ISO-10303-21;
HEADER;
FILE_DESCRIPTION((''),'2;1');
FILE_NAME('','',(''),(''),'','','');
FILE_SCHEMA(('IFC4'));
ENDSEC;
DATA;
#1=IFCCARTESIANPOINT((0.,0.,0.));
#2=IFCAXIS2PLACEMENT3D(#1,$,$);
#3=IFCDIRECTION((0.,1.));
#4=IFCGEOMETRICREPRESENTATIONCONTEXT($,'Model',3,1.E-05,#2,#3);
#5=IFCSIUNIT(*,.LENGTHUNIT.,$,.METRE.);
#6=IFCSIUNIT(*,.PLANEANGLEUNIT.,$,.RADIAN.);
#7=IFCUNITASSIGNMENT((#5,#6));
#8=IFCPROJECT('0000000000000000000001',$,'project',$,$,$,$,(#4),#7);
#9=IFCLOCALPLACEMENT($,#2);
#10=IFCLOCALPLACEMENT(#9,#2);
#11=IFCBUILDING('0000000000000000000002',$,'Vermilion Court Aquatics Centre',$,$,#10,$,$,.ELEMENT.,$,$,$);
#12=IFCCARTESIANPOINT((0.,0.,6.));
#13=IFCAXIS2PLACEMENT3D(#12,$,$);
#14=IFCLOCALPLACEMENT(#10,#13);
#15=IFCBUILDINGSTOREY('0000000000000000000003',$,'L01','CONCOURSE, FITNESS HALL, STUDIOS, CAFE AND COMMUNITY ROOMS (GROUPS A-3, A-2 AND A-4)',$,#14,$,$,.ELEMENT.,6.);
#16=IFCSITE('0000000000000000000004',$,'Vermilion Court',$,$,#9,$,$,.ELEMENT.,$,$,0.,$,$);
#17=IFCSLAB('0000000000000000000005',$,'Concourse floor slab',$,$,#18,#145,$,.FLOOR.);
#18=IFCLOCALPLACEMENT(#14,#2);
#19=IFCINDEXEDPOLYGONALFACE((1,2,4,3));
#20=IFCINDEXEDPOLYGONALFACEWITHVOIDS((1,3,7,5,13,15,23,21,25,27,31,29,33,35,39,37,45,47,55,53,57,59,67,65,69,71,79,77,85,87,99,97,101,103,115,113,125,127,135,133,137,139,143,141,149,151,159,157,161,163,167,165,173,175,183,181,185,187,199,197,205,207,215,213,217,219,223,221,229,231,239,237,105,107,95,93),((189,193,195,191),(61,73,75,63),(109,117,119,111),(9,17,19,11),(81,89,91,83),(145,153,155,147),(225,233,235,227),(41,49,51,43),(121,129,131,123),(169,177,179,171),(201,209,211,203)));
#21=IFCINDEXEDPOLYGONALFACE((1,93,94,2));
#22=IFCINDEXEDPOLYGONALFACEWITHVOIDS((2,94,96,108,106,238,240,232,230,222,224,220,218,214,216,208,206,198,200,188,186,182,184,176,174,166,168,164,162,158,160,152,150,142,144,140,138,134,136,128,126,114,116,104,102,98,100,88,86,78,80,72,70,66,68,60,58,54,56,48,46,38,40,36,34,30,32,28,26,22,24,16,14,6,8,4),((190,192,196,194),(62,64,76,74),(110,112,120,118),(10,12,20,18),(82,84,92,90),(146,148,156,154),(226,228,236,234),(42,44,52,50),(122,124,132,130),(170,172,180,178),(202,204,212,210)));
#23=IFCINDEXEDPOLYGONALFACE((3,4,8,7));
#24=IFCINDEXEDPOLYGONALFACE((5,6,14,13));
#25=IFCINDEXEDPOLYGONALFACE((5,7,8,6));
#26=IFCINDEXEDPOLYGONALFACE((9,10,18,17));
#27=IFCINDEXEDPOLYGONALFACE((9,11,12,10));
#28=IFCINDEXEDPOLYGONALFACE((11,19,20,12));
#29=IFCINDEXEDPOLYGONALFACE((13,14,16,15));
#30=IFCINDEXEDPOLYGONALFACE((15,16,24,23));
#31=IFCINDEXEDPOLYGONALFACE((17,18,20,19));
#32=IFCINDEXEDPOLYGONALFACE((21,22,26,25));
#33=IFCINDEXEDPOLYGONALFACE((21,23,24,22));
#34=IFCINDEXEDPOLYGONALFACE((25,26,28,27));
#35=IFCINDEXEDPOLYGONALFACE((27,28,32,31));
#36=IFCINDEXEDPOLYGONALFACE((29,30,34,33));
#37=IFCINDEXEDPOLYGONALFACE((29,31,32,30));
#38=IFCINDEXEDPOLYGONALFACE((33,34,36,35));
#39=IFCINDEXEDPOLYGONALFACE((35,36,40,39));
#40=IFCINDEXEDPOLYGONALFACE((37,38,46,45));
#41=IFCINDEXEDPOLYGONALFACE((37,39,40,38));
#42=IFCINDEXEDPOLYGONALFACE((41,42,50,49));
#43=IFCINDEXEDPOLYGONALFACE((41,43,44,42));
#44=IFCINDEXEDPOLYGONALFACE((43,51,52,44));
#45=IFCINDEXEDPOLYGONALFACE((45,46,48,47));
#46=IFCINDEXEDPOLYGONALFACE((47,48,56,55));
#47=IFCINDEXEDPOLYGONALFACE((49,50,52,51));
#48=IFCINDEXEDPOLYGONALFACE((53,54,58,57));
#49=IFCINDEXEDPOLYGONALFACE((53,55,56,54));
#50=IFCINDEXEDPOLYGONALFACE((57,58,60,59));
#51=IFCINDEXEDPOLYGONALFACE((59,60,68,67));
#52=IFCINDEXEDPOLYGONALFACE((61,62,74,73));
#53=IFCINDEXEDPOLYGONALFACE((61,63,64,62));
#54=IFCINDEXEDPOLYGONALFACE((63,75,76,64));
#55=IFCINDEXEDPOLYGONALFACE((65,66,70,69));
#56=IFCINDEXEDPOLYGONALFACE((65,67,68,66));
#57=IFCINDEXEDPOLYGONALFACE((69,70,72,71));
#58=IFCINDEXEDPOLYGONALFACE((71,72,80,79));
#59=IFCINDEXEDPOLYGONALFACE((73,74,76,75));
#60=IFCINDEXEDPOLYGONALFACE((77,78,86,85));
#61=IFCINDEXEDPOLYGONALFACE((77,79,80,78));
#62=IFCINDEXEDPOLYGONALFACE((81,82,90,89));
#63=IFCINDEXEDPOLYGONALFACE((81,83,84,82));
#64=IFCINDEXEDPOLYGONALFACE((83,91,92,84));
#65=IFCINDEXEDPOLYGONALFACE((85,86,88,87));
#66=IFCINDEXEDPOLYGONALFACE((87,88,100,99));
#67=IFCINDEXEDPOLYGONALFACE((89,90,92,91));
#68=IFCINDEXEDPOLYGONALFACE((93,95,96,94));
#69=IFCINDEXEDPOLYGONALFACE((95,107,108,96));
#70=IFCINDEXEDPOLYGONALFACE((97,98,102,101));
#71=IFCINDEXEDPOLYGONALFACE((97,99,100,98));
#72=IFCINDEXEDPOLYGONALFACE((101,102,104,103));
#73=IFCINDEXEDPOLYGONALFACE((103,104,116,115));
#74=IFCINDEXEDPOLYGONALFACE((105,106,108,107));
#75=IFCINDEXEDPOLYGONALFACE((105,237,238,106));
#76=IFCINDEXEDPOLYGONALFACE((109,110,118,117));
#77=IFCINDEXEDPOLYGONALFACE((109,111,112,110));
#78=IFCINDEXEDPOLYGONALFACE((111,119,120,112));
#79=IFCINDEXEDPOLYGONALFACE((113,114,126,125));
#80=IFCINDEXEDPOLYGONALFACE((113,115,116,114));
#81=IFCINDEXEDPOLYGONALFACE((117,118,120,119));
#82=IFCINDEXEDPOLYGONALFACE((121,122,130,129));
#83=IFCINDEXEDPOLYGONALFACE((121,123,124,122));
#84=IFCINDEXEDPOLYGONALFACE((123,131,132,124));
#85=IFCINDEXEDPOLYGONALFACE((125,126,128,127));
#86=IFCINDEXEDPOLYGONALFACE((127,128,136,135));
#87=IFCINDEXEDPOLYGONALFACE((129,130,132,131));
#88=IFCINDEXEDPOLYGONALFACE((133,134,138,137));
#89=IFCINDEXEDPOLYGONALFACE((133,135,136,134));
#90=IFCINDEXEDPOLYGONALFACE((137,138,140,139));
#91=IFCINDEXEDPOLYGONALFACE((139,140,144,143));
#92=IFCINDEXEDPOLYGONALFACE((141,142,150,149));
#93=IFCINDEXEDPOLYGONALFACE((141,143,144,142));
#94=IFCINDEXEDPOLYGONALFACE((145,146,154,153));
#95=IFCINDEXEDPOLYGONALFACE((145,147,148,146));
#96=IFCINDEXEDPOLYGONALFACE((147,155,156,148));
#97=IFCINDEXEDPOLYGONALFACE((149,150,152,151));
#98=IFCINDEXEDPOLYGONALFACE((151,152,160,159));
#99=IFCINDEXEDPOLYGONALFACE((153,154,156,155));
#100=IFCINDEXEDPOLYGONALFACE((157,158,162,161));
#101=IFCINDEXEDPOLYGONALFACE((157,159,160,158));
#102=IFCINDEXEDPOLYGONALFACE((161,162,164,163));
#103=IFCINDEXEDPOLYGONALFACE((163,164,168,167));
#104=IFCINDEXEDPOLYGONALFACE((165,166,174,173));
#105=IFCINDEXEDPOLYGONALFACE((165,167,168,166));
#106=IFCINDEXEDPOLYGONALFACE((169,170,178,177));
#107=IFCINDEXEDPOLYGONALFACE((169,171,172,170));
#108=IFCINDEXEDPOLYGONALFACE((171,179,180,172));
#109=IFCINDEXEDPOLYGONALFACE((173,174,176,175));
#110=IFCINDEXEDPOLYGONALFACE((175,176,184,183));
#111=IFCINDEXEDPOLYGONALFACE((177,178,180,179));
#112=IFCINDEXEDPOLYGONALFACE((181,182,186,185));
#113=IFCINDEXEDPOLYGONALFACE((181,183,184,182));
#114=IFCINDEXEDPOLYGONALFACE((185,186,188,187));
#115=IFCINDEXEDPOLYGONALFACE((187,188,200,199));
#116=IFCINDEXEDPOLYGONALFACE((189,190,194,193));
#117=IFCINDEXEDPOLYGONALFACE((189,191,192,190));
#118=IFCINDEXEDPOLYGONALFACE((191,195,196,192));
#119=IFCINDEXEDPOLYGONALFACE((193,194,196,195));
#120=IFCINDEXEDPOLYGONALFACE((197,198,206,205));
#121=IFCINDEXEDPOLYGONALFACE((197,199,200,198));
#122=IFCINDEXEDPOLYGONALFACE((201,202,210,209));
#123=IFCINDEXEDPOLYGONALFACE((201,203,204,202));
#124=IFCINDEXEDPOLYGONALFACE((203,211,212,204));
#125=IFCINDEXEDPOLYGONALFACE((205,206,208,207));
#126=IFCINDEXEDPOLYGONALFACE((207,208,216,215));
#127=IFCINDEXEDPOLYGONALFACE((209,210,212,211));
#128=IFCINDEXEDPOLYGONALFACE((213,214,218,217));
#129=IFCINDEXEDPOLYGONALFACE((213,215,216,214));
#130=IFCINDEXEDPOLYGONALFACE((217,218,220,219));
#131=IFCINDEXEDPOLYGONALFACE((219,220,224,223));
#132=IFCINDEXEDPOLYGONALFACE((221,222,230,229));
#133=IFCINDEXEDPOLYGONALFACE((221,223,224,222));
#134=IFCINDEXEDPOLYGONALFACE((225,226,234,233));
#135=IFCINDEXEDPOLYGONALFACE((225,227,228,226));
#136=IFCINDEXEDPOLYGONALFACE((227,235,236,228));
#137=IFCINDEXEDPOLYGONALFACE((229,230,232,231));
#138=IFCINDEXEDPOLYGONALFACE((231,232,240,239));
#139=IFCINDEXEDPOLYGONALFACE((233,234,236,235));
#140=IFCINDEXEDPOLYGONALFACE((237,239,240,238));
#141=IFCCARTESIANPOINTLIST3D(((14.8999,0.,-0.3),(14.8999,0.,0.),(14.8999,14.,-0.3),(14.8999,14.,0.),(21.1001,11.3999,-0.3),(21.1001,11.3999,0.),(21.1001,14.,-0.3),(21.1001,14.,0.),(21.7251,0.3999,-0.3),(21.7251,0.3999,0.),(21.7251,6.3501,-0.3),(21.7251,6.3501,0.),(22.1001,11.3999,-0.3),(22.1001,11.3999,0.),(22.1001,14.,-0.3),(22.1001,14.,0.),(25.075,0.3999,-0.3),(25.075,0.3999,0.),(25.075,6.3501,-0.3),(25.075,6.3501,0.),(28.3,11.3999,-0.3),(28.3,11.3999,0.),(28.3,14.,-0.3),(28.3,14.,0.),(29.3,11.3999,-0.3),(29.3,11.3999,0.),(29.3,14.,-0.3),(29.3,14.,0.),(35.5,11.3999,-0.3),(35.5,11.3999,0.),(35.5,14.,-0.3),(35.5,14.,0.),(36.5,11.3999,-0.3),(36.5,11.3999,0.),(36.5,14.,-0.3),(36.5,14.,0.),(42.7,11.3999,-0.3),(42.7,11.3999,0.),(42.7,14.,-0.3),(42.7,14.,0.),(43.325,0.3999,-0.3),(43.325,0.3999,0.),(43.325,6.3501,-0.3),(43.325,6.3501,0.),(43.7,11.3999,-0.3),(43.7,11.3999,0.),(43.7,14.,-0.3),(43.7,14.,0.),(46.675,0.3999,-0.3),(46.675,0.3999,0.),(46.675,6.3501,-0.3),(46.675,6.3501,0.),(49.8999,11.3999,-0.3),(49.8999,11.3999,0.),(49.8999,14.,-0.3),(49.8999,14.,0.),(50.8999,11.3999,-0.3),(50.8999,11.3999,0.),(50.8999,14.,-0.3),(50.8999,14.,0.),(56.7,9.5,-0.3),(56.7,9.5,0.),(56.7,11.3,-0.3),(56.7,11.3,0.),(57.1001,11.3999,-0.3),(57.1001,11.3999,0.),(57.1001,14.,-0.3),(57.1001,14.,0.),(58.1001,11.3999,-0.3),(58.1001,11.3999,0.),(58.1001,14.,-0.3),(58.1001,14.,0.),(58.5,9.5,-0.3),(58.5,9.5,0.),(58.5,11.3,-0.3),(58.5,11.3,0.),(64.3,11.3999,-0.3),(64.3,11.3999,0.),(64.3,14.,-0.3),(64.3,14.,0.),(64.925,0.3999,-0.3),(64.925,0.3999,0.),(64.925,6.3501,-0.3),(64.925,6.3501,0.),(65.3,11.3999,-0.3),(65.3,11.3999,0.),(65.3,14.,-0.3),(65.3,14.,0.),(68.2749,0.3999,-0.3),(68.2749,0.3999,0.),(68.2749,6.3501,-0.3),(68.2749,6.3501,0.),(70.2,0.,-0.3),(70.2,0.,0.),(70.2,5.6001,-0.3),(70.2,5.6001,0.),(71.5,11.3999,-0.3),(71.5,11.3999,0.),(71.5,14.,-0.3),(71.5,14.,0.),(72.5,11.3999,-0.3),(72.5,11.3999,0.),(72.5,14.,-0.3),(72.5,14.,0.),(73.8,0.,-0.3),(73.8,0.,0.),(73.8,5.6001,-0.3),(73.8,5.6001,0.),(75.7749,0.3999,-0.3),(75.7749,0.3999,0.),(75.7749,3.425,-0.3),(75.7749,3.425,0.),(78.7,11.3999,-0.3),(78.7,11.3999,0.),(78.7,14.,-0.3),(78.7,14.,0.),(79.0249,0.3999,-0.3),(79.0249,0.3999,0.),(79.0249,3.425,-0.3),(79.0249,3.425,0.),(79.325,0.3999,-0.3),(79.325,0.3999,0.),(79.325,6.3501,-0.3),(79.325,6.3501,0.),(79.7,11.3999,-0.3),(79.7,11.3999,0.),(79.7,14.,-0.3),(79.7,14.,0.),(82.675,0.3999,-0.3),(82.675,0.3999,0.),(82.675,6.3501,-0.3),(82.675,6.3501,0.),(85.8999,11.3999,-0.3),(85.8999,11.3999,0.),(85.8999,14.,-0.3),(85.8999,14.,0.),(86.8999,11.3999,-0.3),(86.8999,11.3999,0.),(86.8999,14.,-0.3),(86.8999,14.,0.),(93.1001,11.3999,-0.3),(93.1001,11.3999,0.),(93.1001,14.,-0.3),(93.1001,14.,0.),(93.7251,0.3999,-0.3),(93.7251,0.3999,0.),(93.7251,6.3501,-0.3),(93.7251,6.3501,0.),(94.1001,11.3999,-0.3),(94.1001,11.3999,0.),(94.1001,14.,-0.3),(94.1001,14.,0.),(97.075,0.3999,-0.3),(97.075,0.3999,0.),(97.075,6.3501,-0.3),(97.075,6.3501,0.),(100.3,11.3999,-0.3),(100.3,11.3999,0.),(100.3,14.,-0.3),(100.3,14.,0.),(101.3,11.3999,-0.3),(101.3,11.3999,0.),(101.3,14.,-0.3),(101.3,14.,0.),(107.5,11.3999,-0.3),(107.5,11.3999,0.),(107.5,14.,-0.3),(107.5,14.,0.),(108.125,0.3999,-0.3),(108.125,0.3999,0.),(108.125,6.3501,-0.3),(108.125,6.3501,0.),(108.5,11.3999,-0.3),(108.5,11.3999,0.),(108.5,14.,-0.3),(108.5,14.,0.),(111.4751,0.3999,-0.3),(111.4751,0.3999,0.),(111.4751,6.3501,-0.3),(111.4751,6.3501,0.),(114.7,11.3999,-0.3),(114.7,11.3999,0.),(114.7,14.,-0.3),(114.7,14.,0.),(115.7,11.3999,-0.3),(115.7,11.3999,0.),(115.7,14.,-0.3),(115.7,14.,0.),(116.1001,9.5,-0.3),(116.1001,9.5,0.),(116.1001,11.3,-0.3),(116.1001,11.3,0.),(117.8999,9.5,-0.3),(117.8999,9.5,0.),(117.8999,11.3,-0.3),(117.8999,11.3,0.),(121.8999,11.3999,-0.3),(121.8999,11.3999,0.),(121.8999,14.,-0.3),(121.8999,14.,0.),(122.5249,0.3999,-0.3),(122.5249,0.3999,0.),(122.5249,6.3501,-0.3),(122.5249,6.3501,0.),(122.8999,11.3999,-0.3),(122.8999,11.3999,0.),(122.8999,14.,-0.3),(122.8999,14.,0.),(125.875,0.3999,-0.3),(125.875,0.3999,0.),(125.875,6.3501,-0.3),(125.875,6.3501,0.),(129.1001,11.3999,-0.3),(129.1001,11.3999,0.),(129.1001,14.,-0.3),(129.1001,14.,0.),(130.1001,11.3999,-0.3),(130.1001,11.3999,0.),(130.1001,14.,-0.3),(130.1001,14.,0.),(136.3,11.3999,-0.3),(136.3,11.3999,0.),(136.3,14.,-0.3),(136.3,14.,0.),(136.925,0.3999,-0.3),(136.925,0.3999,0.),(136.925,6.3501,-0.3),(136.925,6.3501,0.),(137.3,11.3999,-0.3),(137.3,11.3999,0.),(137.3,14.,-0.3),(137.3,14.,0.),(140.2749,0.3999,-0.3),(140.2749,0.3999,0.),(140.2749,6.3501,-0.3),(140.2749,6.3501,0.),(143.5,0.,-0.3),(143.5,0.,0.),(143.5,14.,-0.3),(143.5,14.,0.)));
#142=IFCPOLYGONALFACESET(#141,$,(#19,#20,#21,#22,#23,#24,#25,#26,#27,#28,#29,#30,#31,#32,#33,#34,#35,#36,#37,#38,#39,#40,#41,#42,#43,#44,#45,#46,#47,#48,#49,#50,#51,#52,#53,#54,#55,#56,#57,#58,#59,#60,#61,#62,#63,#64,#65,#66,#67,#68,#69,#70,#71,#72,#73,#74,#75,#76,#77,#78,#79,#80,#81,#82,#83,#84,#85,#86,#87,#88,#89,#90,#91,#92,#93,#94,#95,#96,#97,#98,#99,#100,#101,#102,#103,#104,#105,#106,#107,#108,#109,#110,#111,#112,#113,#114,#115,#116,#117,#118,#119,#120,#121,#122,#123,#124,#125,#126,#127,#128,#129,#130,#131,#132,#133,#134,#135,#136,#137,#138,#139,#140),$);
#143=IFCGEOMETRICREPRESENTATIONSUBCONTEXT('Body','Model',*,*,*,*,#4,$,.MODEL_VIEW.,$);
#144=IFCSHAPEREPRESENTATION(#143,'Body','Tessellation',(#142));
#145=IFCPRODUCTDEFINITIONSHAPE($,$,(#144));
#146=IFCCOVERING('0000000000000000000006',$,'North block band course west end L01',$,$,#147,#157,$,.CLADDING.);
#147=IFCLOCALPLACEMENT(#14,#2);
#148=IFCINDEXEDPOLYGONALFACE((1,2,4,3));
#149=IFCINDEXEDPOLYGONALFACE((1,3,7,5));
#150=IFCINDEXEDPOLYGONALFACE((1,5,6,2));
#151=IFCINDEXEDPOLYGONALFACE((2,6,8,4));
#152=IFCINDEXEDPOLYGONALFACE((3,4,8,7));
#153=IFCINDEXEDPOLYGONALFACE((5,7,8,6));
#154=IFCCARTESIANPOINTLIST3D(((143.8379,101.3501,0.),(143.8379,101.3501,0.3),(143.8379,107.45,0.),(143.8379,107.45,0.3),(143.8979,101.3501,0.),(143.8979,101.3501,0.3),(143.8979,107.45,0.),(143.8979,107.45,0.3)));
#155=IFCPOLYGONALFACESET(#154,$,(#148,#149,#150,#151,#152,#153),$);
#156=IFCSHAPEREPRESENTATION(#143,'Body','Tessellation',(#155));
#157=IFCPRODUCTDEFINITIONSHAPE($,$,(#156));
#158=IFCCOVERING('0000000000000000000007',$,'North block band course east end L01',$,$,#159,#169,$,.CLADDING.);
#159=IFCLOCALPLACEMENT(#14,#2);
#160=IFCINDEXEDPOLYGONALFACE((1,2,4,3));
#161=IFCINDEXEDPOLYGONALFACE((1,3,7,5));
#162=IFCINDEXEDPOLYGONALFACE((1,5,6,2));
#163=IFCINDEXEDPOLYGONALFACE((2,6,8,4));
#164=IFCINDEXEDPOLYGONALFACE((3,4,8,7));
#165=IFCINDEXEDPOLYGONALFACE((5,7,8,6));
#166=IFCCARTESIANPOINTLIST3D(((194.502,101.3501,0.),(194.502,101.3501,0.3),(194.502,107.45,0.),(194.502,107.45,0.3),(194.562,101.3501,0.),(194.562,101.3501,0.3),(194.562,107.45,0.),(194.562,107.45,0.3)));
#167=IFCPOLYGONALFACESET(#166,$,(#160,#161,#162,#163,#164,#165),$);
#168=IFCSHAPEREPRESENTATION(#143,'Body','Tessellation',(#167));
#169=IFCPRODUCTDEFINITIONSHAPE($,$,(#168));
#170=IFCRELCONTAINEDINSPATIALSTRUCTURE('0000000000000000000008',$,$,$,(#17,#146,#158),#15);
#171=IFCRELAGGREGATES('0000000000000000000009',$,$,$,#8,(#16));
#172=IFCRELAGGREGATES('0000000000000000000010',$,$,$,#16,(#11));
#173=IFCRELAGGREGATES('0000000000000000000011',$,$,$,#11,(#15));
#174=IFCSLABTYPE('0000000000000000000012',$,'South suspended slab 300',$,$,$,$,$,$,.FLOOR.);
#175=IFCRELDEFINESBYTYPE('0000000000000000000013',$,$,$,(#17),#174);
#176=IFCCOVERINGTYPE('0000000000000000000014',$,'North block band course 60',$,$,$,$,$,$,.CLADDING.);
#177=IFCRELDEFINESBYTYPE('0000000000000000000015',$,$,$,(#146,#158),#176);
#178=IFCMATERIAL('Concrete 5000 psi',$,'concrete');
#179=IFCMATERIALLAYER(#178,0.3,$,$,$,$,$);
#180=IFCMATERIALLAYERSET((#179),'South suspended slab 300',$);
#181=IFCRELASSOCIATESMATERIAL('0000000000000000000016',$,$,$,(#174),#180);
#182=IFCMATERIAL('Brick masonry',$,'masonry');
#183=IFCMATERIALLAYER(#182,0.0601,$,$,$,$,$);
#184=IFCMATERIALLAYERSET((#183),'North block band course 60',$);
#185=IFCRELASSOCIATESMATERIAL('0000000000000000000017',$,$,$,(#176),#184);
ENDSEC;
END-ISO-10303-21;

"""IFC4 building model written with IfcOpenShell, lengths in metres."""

from ifc_helpers import new_model, si_unit, direction, frame, origin, place, context, subcontext, project, spatial, polyline, outline, extrude, material, layer, layer_set, type_object, element, save


model = new_model("IFC4")

# Units and contexts
model_context = context("Model", 3, precision=1e-05, world=origin(), true_north=direction((0.0, 1.0)))
body_context = subcontext(model_context, "Body", "Model", "MODEL_VIEW")
ifc_project = project(units=[si_unit("LENGTHUNIT", "METRE"), si_unit("PLANEANGLEUNIT", "RADIAN")], contexts=[model_context])

# Site, building, storey
site_placement = place(None, origin())
site = spatial("IfcSite", under=ifc_project, at=site_placement, Name="Vermilion Court", CompositionType="ELEMENT", RefElevation=0.0)
building_placement = place(site_placement, origin())
building = spatial("IfcBuilding", under=site, at=building_placement, Name="Vermilion Court Aquatics Centre", CompositionType="ELEMENT")
storey_placement = place(building_placement, frame((0.0, 0.0, 6.0)))
storey = spatial("IfcBuildingStorey", under=building, at=storey_placement, Name="L01", Description="CONCOURSE, FITNESS HALL, STUDIOS, CAFE AND COMMUNITY ROOMS (GROUPS A-3, A-2 AND A-4)", CompositionType="ELEMENT", Elevation=6.0)

# Slab
ifc_material_1 = material(Name="Concrete 5000 psi", Category="concrete")
ifc_layer_1 = layer(ifc_material_1, 0.3)
ifc_layer_set_1 = layer_set([ifc_layer_1], Name="South suspended slab 300")
slab_type_1 = type_object("IfcSlabType", Name="South suspended slab 300", PredefinedType="FLOOR", material=ifc_layer_set_1)
slab_1_placement = place(storey_placement, frame((0.0, 0.0, -0.3)))
element("IfcSlab", 1, at=slab_1_placement, inside=storey, type_object=slab_type_1, Name="Concourse floor slab", PredefinedType="FLOOR", context=body_context, shape_type="SweptSolid", body=[
    extrude(outline(polyline([(14.8999, 0.0), (14.8999, 14.0), (21.1001, 14.0), (21.1001, 11.3999), (22.1001, 11.3999), (22.1001, 14.0), (28.3, 14.0), (28.3, 11.3999), (29.3, 11.3999), (29.3, 14.0), (35.5, 14.0), (35.5, 11.3999), (36.5, 11.3999), (36.5, 14.0), (42.7, 14.0), (42.7, 11.3999), (43.7, 11.3999), (43.7, 14.0), (49.8999, 14.0), (49.8999, 11.3999), (50.8999, 11.3999), (50.8999, 14.0), (57.1001, 14.0), (57.1001, 11.3999), (58.1001, 11.3999), (58.1001, 14.0), (64.3, 14.0), (64.3, 11.3999), (65.3, 11.3999), (65.3, 14.0), (71.5, 14.0), (71.5, 11.3999), (72.5, 11.3999), (72.5, 14.0), (78.7, 14.0), (78.7, 11.3999), (79.7, 11.3999), (79.7, 14.0), (85.8999, 14.0), (85.8999, 11.3999), (86.8999, 11.3999), (86.8999, 14.0), (93.1001, 14.0), (93.1001, 11.3999), (94.1001, 11.3999), (94.1001, 14.0), (100.3, 14.0), (100.3, 11.3999), (101.3, 11.3999), (101.3, 14.0), (107.5, 14.0), (107.5, 11.3999), (108.5, 11.3999), (108.5, 14.0), (114.7, 14.0), (114.7, 11.3999), (115.7, 11.3999), (115.7, 14.0), (121.8999, 14.0), (121.8999, 11.3999), (122.8999, 11.3999), (122.8999, 14.0), (129.1001, 14.0), (129.1001, 11.3999), (130.1001, 11.3999), (130.1001, 14.0), (136.3, 14.0), (136.3, 11.3999), (137.3, 11.3999), (137.3, 14.0), (143.5, 14.0), (143.5, 0.0), (73.8, 0.0), (73.8, 5.6001), (70.2, 5.6001), (70.2, 0.0), (14.8999, 0.0)]), holes=[polyline([(21.7251, 0.3999), (25.075, 0.3999), (25.075, 6.3501), (21.7251, 6.3501), (21.7251, 0.3999)]), polyline([(43.325, 0.3999), (46.675, 0.3999), (46.675, 6.3501), (43.325, 6.3501), (43.325, 0.3999)]), polyline([(64.925, 0.3999), (68.2749, 0.3999), (68.2749, 6.3501), (64.925, 6.3501), (64.925, 0.3999)]), polyline([(79.325, 0.3999), (82.675, 0.3999), (82.675, 6.3501), (79.325, 6.3501), (79.325, 0.3999)]), polyline([(93.7251, 0.3999), (97.075, 0.3999), (97.075, 6.3501), (93.7251, 6.3501), (93.7251, 0.3999)]), polyline([(108.125, 0.3999), (111.4751, 0.3999), (111.4751, 6.3501), (108.125, 6.3501), (108.125, 0.3999)]), polyline([(122.5249, 0.3999), (125.875, 0.3999), (125.875, 6.3501), (122.5249, 6.3501), (122.5249, 0.3999)]), polyline([(136.925, 0.3999), (140.2749, 0.3999), (140.2749, 6.3501), (136.925, 6.3501), (136.925, 0.3999)]), polyline([(75.7749, 0.3999), (79.0249, 0.3999), (79.0249, 3.425), (75.7749, 3.425), (75.7749, 0.3999)]), polyline([(56.7, 9.5), (58.5, 9.5), (58.5, 11.3), (56.7, 11.3), (56.7, 9.5)]), polyline([(116.1001, 9.5), (117.8999, 9.5), (117.8999, 11.3), (116.1001, 11.3), (116.1001, 9.5)])]), origin(), (0.0, 0.0, 1.0), 0.3),
])

# Coverings
ifc_material_2 = material(Name="Brick masonry", Category="masonry")
ifc_layer_2 = layer(ifc_material_2, 0.0601)
ifc_layer_set_2 = layer_set([ifc_layer_2], Name="North block band course 60")
covering_type_1 = type_object("IfcCoveringType", Name="North block band course 60", PredefinedType="CLADDING", material=ifc_layer_set_2)
covering_1_placement = place(storey_placement, origin())
element("IfcCovering", 2, at=covering_1_placement, inside=storey, type_object=covering_type_1, Name="North block band course west end L01", PredefinedType="CLADDING", context=body_context, shape_type="SweptSolid", body=[
    extrude(outline(polyline([(143.8379, 101.3501), (143.8979, 101.3501), (143.8979, 107.45), (143.8379, 107.45), (143.8379, 101.3501)])), origin(), (0.0, 0.0, 1.0), 0.3),
])
covering_2_placement = place(storey_placement, origin())
element("IfcCovering", 3, at=covering_2_placement, inside=storey, type_object=covering_type_1, Name="North block band course east end L01", PredefinedType="CLADDING", context=body_context, shape_type="SweptSolid", body=[
    extrude(outline(polyline([(194.502, 101.3501), (194.562, 101.3501), (194.562, 107.45), (194.502, 107.45), (194.502, 101.3501)])), origin(), (0.0, 0.0, 1.0), 0.3),
])

save(model, "model.ifc")
